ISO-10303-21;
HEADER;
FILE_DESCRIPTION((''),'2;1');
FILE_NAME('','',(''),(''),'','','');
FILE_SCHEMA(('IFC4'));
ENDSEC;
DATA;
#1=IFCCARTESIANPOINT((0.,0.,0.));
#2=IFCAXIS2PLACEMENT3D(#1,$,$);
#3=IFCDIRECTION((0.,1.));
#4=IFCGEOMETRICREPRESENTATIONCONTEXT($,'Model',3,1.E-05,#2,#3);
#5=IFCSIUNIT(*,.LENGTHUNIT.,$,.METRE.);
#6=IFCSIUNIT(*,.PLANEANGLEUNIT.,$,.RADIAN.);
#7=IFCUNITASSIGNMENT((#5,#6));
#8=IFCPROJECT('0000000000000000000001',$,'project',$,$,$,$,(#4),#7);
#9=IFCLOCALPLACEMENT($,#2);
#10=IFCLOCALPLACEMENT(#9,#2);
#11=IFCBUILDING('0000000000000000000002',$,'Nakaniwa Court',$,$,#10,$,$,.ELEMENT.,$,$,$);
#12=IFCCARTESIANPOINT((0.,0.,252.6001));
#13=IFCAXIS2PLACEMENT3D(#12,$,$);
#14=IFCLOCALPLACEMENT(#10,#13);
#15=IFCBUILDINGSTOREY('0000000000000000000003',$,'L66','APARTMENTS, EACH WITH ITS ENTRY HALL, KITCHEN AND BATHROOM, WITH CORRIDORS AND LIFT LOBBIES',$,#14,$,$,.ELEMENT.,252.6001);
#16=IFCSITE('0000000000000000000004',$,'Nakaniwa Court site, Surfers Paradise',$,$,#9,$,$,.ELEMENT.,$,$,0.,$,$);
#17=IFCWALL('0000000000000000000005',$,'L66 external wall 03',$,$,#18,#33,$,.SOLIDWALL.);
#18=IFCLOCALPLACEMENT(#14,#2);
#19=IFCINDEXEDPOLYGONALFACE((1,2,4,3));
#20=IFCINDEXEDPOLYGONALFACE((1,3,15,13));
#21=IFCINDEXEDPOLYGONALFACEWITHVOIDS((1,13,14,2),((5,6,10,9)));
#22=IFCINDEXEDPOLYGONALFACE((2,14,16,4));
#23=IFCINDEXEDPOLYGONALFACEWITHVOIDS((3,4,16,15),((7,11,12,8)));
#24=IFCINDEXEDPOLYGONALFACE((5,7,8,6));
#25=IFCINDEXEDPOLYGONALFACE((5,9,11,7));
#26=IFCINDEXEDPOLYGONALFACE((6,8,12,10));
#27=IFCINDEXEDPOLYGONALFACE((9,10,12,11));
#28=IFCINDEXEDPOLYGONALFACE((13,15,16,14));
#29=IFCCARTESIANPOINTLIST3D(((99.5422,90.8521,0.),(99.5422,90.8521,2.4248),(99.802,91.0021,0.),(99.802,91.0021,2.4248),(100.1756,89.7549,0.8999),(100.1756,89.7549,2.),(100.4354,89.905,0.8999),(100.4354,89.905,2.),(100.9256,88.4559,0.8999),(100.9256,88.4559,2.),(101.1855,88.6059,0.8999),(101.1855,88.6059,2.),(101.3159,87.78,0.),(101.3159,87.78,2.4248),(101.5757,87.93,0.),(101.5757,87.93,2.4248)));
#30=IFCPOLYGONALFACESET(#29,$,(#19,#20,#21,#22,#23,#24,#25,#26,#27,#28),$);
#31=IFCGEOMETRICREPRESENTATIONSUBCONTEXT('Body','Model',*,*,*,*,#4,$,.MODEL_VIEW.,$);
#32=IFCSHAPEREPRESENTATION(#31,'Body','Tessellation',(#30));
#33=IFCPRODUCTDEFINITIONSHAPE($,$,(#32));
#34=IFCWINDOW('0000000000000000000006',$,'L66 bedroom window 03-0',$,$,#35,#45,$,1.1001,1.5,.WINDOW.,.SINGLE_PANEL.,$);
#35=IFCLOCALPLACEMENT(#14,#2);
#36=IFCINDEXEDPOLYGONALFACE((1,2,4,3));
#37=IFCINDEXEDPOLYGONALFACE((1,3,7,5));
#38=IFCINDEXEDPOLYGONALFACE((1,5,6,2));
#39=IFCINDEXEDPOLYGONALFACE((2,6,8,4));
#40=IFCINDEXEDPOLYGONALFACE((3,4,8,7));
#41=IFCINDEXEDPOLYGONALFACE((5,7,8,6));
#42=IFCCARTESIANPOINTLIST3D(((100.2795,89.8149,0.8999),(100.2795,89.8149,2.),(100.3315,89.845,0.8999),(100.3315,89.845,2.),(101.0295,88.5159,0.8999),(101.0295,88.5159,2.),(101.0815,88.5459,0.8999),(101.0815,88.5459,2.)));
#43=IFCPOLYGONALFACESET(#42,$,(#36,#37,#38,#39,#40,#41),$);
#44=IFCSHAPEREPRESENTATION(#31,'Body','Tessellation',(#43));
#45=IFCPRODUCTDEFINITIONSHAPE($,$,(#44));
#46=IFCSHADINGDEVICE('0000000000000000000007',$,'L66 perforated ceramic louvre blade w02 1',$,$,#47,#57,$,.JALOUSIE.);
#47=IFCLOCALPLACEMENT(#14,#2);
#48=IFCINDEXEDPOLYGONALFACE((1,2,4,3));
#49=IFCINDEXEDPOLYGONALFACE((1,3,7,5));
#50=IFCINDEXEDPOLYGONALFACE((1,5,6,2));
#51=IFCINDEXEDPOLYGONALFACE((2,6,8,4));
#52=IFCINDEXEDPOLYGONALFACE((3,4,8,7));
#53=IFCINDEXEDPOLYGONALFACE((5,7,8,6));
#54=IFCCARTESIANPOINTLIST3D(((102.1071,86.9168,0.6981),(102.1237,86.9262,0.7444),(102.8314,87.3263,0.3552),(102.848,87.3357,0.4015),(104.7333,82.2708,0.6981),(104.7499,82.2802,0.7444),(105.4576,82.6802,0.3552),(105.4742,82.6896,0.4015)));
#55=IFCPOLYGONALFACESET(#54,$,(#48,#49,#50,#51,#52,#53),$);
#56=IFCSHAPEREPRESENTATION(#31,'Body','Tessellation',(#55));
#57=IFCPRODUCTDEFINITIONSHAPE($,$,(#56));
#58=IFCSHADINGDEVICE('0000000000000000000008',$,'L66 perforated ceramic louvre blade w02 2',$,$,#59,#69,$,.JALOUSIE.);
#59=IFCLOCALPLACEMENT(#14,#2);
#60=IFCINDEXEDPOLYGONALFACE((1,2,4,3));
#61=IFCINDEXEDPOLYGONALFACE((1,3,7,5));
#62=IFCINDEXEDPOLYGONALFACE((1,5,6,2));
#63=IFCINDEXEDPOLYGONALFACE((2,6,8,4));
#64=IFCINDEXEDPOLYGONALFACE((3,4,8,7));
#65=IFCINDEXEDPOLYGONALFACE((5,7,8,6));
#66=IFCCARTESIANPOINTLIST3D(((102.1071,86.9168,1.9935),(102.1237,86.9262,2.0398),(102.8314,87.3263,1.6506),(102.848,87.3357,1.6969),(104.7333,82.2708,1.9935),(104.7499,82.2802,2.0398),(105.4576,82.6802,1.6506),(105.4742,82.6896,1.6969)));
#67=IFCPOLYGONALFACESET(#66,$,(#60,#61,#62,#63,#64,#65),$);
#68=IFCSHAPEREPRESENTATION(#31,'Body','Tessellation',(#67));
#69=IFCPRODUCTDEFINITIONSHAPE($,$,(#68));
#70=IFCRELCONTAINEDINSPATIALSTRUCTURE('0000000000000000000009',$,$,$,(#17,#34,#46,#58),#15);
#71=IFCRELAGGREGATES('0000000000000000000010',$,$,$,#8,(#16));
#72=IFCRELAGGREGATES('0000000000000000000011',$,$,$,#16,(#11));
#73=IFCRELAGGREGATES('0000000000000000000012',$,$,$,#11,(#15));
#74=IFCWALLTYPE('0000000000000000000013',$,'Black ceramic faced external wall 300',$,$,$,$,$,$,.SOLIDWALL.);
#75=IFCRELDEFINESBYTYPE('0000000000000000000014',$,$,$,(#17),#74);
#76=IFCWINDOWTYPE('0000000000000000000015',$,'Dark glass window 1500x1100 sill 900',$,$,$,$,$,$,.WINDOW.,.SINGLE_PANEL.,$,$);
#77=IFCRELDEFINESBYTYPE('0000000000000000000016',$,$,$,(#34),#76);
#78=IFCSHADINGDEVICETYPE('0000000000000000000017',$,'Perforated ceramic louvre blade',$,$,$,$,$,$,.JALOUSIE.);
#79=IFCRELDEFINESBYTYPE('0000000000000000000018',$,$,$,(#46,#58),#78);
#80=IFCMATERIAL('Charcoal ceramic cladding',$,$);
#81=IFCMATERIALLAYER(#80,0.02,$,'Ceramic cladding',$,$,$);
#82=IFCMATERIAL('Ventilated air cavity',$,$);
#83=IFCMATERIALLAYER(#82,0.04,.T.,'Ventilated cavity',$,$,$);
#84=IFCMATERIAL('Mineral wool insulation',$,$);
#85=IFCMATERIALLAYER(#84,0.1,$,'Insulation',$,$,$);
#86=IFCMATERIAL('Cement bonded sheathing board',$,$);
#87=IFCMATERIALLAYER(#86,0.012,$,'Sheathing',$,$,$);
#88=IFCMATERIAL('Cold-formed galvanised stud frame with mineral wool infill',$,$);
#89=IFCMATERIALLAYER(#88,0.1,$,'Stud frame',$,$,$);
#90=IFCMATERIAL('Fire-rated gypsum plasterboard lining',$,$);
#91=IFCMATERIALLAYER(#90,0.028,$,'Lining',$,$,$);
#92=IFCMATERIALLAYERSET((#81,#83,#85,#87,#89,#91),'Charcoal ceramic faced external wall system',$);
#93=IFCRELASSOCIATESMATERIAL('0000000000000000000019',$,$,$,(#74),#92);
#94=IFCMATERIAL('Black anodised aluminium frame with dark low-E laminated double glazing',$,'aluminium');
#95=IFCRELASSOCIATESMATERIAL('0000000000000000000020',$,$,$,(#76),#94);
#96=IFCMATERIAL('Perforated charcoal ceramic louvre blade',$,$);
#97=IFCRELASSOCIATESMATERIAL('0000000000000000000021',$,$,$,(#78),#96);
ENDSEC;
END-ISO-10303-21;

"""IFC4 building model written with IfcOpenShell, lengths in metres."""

from ifc_helpers import new_model, si_unit, direction, frame, frame_2d, origin, origin_2d, place, context, subcontext, project, spatial, rectangle, extrude, material, layer, layer_set, material_profile, profile_set, type_object, element, fill, save


model = new_model("IFC4")

# Units and contexts
model_context = context("Model", 3, precision=1e-05, world=origin(), true_north=direction((0.0, 1.0)))
body_context = subcontext(model_context, "Body", "Model", "MODEL_VIEW")
ifc_project = project(units=[si_unit("LENGTHUNIT", "METRE"), si_unit("PLANEANGLEUNIT", "RADIAN")], contexts=[model_context])

# Site, building, storey
site_placement = place(None, origin())
site = spatial("IfcSite", under=ifc_project, at=site_placement, Name="Nakaniwa Court site, Surfers Paradise", CompositionType="ELEMENT", RefElevation=0.0)
building_placement = place(site_placement, origin())
building = spatial("IfcBuilding", under=site, at=building_placement, Name="Nakaniwa Court", CompositionType="ELEMENT")
storey_placement = place(building_placement, frame((0.0, 0.0, 252.6001)))
storey = spatial("IfcBuildingStorey", under=building, at=storey_placement, Name="L66", Description="APARTMENTS, EACH WITH ITS ENTRY HALL, KITCHEN AND BATHROOM, WITH CORRIDORS AND LIFT LOBBIES", CompositionType="ELEMENT", Elevation=252.6001)

# Shared definitions
ifc_material_1 = material(Name="Charcoal ceramic cladding")
ifc_layer_1 = layer(ifc_material_1, 0.02, Name="Ceramic cladding")
ifc_material_2 = material(Name="Ventilated air cavity")
ifc_layer_2 = layer(ifc_material_2, 0.04, ventilated=True, Name="Ventilated cavity")
ifc_material_3 = material(Name="Mineral wool insulation")
ifc_layer_3 = layer(ifc_material_3, 0.1, Name="Insulation")
ifc_material_4 = material(Name="Cement bonded sheathing board")
ifc_layer_4 = layer(ifc_material_4, 0.012, Name="Sheathing")
ifc_material_5 = material(Name="Cold-formed galvanised stud frame with mineral wool infill")
ifc_layer_5 = layer(ifc_material_5, 0.1, Name="Stud frame")
ifc_material_6 = material(Name="Fire-rated gypsum plasterboard lining")
ifc_layer_6 = layer(ifc_material_6, 0.028, Name="Lining")
ifc_layer_set = layer_set([ifc_layer_1, ifc_layer_2, ifc_layer_3, ifc_layer_4, ifc_layer_5, ifc_layer_6], Name="Charcoal ceramic faced external wall system")
wall_type = type_object("IfcWallType", Name="Black ceramic faced external wall 300", PredefinedType="SOLIDWALL", material=ifc_layer_set)
ifc_material_7 = material(Name="Black anodised aluminium frame with dark low-E laminated double glazing", Category="aluminium")
window_type_1 = type_object("IfcWindowType", Name="Dark glass window 1500x1100 sill 900", PartitioningType="SINGLE_PANEL", PredefinedType="WINDOW", material=ifc_material_7)

# Wall, opening, window
wall_1_placement = place(storey_placement, frame((101.4458, 87.855, 0.0), z_axis=(0.0, 0.0, 1.0), x_axis=(-0.50001, 0.866019, 0.0)))
wall_1 = element("IfcWall", 1, at=wall_1_placement, inside=storey, type_object=wall_type, Name="L66 external wall 03", PredefinedType="SOLIDWALL", context=body_context, shape_type="SweptSolid", body=[
    extrude(rectangle(XDim=3.5474, YDim=0.3, at=frame_2d((1.7737, 0.0))), origin(), (0.0, 0.0, 1.0), 2.4248),
])
opening_1_placement = place(wall_1_placement, frame((0.7805, 0.0, 0.8999)))
opening_1 = element("IfcOpeningElement", 2, at=opening_1_placement, cuts=wall_1, PredefinedType="OPENING", context=body_context, shape_type="SweptSolid", body=[
    extrude(rectangle(XDim=1.5, YDim=1.1001, at=frame_2d((0.75, 0.55))), frame((0.0, 0.1599, 0.0), z_axis=(0.0, -1.0, 0.0), x_axis=(1.0, 0.0, 0.0)), (0.0, 0.0, 1.0), 0.3201),
])
window_1_placement = place(opening_1_placement, origin())
window_1 = element("IfcWindow", 3, at=window_1_placement, inside=storey, type_object=window_type_1, Name="L66 bedroom window 03-0", OverallHeight=1.1001, OverallWidth=1.5, PartitioningType="SINGLE_PANEL", PredefinedType="WINDOW", context=body_context, shape_type="SweptSolid", body=[
    extrude(rectangle(XDim=1.5, YDim=1.1001, at=frame_2d((0.75, 0.55))), frame((0.0, 0.03, 0.0), z_axis=(0.0, -1.0, 0.0), x_axis=(1.0, 0.0, 0.0)), (0.0, 0.0, 1.0), 0.0601),
])
fill(opening_1, window_1)

# Shading devices
ifc_material_8 = material(Name="Perforated charcoal ceramic louvre blade")
ifc_material_profile_1 = material_profile(ifc_material_8, rectangle(XDim=0.8999, YDim=0.05, at=origin_2d()), Name="Perforated ceramic louvre blade")
ifc_profile_set_1 = profile_set([ifc_material_profile_1], Name="Perforated charcoal ceramic louvre blade")
shading_device_type = type_object("IfcShadingDeviceType", Name="Perforated ceramic louvre blade", PredefinedType="JALOUSIE", material=ifc_profile_set_1)
for number, where, z_axis, x_axis, name in (
    (4, (105.1038, 82.4802, 0.5498), (-0.492089, 0.870545, 0.0), (-0.804859, -0.454959, 0.38107), "L66 perforated ceramic louvre blade w02 1"),
    (5, (105.1038, 82.4802, 1.8452), (-0.492089, 0.870545, 0.0), (-0.804859, -0.454959, 0.38107), "L66 perforated ceramic louvre blade w02 2"),
):
    element("IfcShadingDevice", number, at=place(storey_placement, frame(where, z_axis=z_axis, x_axis=x_axis)), inside=storey, type_object=shading_device_type, Name=name, PredefinedType="JALOUSIE", context=body_context, shape_type="SweptSolid", body=[
        extrude(rectangle(XDim=0.8999, YDim=0.05, at=origin_2d()), origin(), (0.0, 0.0, 1.0), 5.3369),
    ])

save(model, "model.ifc")
